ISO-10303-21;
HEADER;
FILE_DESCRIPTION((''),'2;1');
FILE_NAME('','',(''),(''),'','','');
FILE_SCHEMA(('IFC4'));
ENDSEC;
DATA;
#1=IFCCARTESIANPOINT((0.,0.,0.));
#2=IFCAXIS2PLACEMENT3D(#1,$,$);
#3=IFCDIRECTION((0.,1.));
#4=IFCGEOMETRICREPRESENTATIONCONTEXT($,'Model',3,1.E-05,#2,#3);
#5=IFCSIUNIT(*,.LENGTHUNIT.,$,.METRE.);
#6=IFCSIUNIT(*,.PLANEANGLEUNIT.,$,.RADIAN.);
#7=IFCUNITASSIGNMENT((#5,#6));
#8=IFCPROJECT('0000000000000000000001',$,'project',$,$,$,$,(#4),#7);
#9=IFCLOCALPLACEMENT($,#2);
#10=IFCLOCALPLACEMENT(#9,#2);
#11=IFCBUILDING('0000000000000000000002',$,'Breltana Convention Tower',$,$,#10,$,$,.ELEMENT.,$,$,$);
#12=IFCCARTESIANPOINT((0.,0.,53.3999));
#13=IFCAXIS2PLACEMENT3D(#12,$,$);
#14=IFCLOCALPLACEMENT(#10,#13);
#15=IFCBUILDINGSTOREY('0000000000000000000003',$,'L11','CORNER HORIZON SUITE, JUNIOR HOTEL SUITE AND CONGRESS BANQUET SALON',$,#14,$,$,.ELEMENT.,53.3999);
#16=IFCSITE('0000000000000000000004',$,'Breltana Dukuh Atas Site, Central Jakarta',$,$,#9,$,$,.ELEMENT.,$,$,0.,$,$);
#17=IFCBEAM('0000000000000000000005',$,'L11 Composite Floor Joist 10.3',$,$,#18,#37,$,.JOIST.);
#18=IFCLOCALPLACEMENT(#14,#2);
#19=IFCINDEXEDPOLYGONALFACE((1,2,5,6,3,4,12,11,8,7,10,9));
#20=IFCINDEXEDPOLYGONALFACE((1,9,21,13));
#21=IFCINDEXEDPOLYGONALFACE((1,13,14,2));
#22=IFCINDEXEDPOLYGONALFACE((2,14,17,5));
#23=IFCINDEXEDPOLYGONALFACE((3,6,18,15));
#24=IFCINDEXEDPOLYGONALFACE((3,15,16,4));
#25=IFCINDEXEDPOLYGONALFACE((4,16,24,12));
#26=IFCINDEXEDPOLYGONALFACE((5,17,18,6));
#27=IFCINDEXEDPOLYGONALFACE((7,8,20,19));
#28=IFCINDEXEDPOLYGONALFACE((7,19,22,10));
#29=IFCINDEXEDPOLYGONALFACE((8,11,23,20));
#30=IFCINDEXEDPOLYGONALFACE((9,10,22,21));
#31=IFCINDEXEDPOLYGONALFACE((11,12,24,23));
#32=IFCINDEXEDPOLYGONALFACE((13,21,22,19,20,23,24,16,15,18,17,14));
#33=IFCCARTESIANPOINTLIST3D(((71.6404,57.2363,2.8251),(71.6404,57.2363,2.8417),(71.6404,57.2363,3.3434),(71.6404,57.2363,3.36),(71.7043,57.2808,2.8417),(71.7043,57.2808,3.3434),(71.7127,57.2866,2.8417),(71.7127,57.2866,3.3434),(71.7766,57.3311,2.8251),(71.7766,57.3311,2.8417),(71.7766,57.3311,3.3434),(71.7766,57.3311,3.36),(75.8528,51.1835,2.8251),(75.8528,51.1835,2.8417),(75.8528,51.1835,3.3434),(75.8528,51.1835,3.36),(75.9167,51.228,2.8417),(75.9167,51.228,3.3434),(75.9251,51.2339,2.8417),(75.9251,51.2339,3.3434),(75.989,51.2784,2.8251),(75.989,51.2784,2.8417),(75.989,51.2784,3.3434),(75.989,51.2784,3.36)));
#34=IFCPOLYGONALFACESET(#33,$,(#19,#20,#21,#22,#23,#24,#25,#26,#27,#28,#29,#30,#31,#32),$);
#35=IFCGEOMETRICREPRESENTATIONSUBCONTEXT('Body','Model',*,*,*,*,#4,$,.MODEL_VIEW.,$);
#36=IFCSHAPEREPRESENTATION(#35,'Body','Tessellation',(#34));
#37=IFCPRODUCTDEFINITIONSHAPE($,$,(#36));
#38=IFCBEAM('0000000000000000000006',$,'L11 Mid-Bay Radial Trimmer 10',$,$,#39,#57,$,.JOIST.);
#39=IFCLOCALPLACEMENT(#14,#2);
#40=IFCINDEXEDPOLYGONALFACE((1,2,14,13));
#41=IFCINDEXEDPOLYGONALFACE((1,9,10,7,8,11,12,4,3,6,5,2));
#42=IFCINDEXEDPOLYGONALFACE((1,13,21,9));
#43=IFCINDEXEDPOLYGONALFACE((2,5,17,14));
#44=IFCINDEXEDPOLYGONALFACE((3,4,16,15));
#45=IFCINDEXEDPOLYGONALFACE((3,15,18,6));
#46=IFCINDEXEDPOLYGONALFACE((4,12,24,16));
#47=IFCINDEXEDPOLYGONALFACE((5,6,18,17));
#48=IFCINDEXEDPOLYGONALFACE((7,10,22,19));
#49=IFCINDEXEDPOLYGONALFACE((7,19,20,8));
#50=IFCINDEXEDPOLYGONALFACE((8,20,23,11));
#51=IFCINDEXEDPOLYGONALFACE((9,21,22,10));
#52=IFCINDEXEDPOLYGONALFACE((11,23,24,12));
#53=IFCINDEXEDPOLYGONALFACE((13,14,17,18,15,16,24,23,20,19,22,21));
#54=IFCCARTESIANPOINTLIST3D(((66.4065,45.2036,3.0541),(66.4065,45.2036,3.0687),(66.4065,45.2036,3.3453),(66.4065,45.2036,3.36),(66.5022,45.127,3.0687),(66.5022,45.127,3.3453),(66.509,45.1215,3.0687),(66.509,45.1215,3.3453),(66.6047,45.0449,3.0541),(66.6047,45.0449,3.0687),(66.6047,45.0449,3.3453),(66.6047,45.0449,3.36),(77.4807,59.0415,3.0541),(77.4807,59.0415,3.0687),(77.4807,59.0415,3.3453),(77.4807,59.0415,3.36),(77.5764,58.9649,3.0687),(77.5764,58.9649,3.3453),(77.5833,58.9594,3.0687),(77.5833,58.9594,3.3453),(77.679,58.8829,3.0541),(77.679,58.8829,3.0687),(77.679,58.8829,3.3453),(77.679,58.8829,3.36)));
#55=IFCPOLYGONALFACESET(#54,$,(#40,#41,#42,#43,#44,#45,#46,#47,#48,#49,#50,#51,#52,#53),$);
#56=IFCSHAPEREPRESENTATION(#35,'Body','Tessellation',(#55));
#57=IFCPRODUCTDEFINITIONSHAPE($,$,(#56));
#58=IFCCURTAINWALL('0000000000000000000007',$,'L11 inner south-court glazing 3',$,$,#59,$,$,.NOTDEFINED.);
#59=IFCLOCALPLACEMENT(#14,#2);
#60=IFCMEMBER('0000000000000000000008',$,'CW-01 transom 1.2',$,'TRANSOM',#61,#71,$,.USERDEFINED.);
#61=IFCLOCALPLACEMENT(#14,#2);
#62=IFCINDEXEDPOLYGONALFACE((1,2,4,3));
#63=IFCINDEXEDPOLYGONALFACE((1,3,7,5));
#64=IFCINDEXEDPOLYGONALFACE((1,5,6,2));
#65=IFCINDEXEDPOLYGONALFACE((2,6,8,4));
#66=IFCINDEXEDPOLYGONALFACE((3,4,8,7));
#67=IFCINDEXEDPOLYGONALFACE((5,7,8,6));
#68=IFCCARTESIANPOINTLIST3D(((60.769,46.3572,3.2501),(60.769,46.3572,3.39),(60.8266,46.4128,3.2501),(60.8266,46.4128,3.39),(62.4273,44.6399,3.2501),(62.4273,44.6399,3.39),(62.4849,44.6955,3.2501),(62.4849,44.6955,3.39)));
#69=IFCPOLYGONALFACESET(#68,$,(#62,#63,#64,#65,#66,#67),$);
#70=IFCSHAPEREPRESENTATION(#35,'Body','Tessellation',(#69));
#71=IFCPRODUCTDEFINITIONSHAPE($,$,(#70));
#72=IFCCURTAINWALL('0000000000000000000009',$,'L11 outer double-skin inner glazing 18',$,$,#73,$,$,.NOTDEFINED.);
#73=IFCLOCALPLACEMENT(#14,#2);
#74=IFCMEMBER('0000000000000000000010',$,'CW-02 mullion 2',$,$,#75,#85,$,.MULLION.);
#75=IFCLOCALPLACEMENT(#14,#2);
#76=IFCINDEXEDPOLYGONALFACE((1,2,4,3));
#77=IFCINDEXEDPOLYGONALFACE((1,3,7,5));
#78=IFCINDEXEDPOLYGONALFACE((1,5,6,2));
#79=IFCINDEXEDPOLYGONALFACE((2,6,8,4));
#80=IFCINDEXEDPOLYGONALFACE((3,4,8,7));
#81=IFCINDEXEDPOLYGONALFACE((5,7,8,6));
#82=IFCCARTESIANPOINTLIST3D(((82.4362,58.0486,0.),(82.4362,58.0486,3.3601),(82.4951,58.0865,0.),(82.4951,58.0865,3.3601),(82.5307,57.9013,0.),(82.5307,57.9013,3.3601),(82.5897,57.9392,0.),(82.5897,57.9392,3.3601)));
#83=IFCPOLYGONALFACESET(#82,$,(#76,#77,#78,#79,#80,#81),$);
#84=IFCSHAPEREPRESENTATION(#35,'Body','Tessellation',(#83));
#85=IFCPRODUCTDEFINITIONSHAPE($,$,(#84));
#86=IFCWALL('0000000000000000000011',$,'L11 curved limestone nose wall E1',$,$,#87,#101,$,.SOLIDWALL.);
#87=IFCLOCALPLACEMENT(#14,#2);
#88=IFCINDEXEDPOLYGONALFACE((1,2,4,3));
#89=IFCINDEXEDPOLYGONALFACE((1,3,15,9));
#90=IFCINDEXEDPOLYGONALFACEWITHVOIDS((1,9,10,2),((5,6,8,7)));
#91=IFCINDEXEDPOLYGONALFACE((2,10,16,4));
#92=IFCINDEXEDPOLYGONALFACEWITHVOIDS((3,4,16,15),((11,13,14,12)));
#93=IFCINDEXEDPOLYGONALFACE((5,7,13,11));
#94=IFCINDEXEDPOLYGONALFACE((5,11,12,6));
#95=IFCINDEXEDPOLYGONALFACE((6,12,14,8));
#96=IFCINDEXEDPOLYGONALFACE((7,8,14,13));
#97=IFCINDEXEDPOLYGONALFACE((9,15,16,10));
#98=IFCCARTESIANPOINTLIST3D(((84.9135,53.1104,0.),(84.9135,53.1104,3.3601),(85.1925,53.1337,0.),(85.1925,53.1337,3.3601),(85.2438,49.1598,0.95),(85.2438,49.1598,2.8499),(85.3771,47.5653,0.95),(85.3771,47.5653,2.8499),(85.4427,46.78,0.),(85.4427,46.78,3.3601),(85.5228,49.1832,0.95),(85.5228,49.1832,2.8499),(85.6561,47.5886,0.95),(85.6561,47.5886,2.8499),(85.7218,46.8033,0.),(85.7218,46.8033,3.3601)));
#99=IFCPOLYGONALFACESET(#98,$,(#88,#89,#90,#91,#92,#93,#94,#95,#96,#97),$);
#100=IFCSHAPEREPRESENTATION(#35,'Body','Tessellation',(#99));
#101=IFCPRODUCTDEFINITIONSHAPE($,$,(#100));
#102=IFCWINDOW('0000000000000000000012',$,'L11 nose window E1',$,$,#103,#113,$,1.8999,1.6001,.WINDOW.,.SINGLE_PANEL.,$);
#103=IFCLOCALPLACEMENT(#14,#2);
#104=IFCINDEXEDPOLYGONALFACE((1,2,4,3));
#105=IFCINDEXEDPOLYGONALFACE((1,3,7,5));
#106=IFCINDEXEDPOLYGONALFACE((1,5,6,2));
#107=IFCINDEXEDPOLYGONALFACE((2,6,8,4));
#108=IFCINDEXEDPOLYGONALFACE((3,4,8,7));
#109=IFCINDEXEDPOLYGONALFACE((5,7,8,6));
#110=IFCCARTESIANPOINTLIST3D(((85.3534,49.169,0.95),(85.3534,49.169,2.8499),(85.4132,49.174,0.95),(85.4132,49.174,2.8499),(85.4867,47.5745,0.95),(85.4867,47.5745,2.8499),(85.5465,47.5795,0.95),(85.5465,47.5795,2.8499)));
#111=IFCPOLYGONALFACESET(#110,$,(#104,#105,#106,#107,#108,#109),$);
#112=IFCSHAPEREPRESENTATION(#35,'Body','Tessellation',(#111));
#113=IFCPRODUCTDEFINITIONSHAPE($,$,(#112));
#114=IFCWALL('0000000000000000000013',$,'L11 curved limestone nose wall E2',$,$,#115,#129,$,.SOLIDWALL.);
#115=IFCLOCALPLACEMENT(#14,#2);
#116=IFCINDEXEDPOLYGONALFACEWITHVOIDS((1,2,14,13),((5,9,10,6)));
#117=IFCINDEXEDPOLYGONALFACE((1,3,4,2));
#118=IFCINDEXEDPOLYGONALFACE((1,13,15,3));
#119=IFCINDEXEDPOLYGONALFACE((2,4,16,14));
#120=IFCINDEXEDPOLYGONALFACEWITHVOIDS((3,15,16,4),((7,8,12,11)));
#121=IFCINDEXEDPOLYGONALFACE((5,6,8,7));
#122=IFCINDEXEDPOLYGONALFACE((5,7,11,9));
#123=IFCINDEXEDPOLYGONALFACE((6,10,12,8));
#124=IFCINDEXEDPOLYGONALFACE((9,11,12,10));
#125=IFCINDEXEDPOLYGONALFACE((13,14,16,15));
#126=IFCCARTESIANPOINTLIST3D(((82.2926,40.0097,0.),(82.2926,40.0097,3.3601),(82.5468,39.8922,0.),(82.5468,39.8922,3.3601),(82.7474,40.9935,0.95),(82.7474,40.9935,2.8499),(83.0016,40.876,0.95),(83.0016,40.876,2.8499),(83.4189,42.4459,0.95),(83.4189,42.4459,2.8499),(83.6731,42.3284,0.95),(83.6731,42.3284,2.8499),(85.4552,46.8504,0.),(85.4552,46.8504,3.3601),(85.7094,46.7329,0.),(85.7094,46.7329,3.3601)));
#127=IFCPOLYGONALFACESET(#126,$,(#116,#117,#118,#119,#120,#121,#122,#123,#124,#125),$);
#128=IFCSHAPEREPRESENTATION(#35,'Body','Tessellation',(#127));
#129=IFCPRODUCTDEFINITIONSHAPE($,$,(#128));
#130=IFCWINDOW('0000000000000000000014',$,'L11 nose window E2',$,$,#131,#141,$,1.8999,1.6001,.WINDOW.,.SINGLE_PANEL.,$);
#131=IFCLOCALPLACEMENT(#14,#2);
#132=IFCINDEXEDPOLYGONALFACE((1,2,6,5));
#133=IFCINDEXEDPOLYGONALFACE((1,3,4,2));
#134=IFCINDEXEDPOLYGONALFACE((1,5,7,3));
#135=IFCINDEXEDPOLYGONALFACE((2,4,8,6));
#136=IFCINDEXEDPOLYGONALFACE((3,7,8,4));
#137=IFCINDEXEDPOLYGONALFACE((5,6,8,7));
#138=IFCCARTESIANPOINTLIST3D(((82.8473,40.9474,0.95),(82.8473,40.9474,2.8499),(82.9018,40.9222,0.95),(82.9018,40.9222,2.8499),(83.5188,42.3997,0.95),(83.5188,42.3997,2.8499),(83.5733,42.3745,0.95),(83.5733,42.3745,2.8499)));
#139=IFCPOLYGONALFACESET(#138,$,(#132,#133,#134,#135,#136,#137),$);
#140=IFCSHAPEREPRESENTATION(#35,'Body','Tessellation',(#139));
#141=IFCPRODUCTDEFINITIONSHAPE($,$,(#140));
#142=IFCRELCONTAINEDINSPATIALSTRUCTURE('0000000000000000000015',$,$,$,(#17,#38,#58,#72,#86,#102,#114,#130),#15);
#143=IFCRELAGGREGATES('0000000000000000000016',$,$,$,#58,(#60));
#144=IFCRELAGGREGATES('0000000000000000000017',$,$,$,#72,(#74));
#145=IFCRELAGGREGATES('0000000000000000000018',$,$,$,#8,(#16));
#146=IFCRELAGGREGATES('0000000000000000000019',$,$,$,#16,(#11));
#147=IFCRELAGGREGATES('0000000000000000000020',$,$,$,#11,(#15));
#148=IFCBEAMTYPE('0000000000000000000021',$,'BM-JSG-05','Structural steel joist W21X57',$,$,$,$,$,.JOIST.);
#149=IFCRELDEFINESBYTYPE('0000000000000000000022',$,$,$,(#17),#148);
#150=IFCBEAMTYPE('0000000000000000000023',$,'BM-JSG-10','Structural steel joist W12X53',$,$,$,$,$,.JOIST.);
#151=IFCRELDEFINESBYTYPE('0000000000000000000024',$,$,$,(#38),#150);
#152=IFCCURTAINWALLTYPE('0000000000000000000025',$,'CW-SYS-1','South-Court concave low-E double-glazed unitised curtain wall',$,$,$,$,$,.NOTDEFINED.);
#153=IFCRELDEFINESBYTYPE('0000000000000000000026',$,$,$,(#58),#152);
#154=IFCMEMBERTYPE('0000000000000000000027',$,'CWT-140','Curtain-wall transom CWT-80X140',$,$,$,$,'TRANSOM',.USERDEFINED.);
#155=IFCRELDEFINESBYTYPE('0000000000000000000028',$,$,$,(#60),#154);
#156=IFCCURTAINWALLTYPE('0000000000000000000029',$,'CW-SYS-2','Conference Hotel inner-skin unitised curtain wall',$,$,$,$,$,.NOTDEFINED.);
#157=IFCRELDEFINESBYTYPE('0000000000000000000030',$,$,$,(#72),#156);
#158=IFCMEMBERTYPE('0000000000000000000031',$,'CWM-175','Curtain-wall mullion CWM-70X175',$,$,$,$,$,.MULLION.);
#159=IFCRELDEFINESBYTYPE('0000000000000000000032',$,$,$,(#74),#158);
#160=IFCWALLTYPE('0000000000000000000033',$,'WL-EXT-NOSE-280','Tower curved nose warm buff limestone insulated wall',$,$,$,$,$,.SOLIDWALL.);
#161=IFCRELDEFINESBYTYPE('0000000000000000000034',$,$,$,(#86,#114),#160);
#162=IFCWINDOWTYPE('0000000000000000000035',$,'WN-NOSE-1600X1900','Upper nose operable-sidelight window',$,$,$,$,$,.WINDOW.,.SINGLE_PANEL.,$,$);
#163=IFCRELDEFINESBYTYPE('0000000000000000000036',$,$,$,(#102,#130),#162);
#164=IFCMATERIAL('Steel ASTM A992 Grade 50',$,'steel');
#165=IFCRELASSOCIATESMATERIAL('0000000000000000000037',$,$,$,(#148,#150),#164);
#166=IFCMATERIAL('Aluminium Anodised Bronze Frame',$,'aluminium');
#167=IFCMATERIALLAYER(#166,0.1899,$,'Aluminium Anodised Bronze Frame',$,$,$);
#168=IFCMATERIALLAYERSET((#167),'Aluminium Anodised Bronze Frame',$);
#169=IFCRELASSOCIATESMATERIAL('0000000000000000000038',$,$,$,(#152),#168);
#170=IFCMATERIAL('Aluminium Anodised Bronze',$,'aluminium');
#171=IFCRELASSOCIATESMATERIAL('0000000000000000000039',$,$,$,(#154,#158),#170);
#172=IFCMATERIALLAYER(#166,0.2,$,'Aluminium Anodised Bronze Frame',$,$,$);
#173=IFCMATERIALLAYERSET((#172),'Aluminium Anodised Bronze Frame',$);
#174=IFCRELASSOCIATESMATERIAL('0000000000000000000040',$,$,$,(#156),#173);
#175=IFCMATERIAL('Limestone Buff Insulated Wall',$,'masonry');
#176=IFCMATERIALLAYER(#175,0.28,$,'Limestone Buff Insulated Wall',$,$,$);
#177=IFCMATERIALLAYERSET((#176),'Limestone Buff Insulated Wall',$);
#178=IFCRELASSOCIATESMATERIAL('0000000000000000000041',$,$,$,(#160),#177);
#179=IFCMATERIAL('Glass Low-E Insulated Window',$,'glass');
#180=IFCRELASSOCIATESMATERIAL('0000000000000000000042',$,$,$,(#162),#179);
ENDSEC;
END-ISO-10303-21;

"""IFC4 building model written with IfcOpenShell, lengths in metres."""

from ifc_helpers import new_model, si_unit, direction, frame, frame_2d, origin, origin_2d, place, context, subcontext, project, spatial, rectangle, i_section, extrude, source, transform, mapped, material, layer, layer_set, material_profile, profile_set, type_object, type_shapes, element, fill, aggregate, save


model = new_model("IFC4")

# Units and contexts
model_context = context("Model", 3, precision=1e-05, world=origin(), true_north=direction((0.0, 1.0)))
body_context = subcontext(model_context, "Body", "Model", "MODEL_VIEW")
ifc_project = project(units=[si_unit("LENGTHUNIT", "METRE"), si_unit("PLANEANGLEUNIT", "RADIAN")], contexts=[model_context])

# Site, building, storey
site_placement = place(None, origin())
site = spatial("IfcSite", under=ifc_project, at=site_placement, Name="Breltana Dukuh Atas Site, Central Jakarta", CompositionType="ELEMENT", RefElevation=0.0)
building_placement = place(site_placement, origin())
building = spatial("IfcBuilding", under=site, at=building_placement, Name="Breltana Convention Tower", CompositionType="ELEMENT")
storey_placement = place(building_placement, frame((0.0, 0.0, 53.3999)))
storey = spatial("IfcBuildingStorey", under=building, at=storey_placement, Name="L11", Description="CORNER HORIZON SUITE, JUNIOR HOTEL SUITE AND CONGRESS BANQUET SALON", CompositionType="ELEMENT", Elevation=53.3999)

# Beams
ifc_material_1 = material(Name="Steel ASTM A992 Grade 50", Category="steel")
ifc_material_profile_1 = material_profile(ifc_material_1, i_section(OverallWidth=0.166, OverallDepth=0.5349, WebThickness=0.0103, FlangeThickness=0.0166, at=origin_2d()), Name="W21X57")
ifc_profile_set_1 = profile_set([ifc_material_profile_1], Name="Steel ASTM A992 Grade 50")
beam_type_1 = type_object("IfcBeamType", Name="BM-JSG-05", Description="Structural steel joist W21X57", PredefinedType="JOIST", material=ifc_profile_set_1)
ifc_material_profile_2 = material_profile(ifc_material_1, i_section(OverallWidth=0.2539, OverallDepth=0.3059, WebThickness=0.0088, FlangeThickness=0.0146, at=origin_2d()), Name="W12X53")
ifc_profile_set_2 = profile_set([ifc_material_profile_2], Name="Steel ASTM A992 Grade 50")
beam_type_2 = type_object("IfcBeamType", Name="BM-JSG-10", Description="Structural steel joist W12X53", PredefinedType="JOIST", material=ifc_profile_set_2)
shared_shape_1 = source(origin(), body_context, "Body", "SweptSolid", [
    extrude(i_section(OverallWidth=0.166, OverallDepth=0.5349, WebThickness=0.0103, FlangeThickness=0.0166, at=origin_2d()), origin(), (0.0, 0.0, 1.0), 7.3743),
])
beam_1_placement = place(storey_placement, frame((71.7085, 57.2837, 3.0925), z_axis=(0.571229, -0.82079, 0.0), x_axis=(0.82079, 0.571229, 0.0)))
element("IfcBeam", 1, at=beam_1_placement, inside=storey, type_object=beam_type_1, Name="L11 Composite Floor Joist 10.3", PredefinedType="JOIST", context=body_context, shape_type="MappedRepresentation", body=[
    mapped(shared_shape_1, transform((0.0, 0.0, 0.0), scale=1.0)),
])
shared_shape_2 = source(origin(), body_context, "Body", "SweptSolid", [
    extrude(i_section(OverallWidth=0.2539, OverallDepth=0.3059, WebThickness=0.0088, FlangeThickness=0.0146, at=origin_2d()), origin(), (0.0, 0.0, 1.0), 17.7236),
])
beam_2_placement = place(storey_placement, frame((66.5056, 45.1243, 3.207), z_axis=(0.624829, 0.780761, 0.0), x_axis=(-0.780761, 0.624829, 0.0)))
element("IfcBeam", 2, at=beam_2_placement, inside=storey, type_object=beam_type_2, Name="L11 Mid-Bay Radial Trimmer 10", PredefinedType="JOIST", context=body_context, shape_type="MappedRepresentation", body=[
    mapped(shared_shape_2, transform((0.0, 0.0, 0.0), scale=1.0)),
])

# Curtain walls, members
ifc_material_2 = material(Name="Aluminium Anodised Bronze Frame", Category="aluminium")
ifc_layer_1 = layer(ifc_material_2, 0.1899, Name="Aluminium Anodised Bronze Frame")
ifc_layer_set_1 = layer_set([ifc_layer_1], Name="Aluminium Anodised Bronze Frame")
curtain_wall_type_1 = type_object("IfcCurtainWallType", Name="CW-SYS-1", Description="South-Court concave low-E double-glazed unitised curtain wall", PredefinedType="NOTDEFINED", material=ifc_layer_set_1)
curtain_wall_1_placement = place(storey_placement, origin())
curtain_wall_1 = element("IfcCurtainWall", 3, at=curtain_wall_1_placement, inside=storey, type_object=curtain_wall_type_1, Name="L11 inner south-court glazing 3", PredefinedType="NOTDEFINED")
ifc_material_3 = material(Name="Aluminium Anodised Bronze", Category="aluminium")
ifc_material_profile_3 = material_profile(ifc_material_3, rectangle(XDim=0.0801, YDim=0.1399, at=origin_2d()), Name="CWT-80X140")
ifc_profile_set_3 = profile_set([ifc_material_profile_3], Name="Aluminium Anodised Bronze")
member_type_1 = type_object("IfcMemberType", Name="CWT-140", Description="Curtain-wall transom CWT-80X140", ElementType="TRANSOM", PredefinedType="USERDEFINED", material=ifc_profile_set_3)
shared_shape_3 = source(origin(), body_context, "Body", "SweptSolid", [
    extrude(rectangle(XDim=0.0801, YDim=0.1399, at=origin_2d()), origin(), (0.0, 0.0, 1.0), 2.3872),
])
type_shapes(member_type_1, [shared_shape_3])
member_1_placement = place(storey_placement, frame((62.4561, 44.6677, 3.3201), z_axis=(-0.694624, 0.719373, 0.0), x_axis=(-0.719373, -0.694624, 0.0)))
member_1 = element("IfcMember", 4, at=member_1_placement, type_object=member_type_1, Name="CW-01 transom 1.2", ObjectType="TRANSOM", PredefinedType="USERDEFINED", context=body_context, shape_type="MappedRepresentation", body=[
    mapped(shared_shape_3, transform((0.0, 0.0, 0.0), scale=1.0)),
])
aggregate(curtain_wall_1, [member_1])
ifc_layer_2 = layer(ifc_material_2, 0.2, Name="Aluminium Anodised Bronze Frame")
ifc_layer_set_2 = layer_set([ifc_layer_2], Name="Aluminium Anodised Bronze Frame")
curtain_wall_type_2 = type_object("IfcCurtainWallType", Name="CW-SYS-2", Description="Conference Hotel inner-skin unitised curtain wall", PredefinedType="NOTDEFINED", material=ifc_layer_set_2)
curtain_wall_2_placement = place(storey_placement, origin())
curtain_wall_2 = element("IfcCurtainWall", 5, at=curtain_wall_2_placement, inside=storey, type_object=curtain_wall_type_2, Name="L11 outer double-skin inner glazing 18", PredefinedType="NOTDEFINED")
ifc_material_profile_4 = material_profile(ifc_material_3, rectangle(XDim=0.0701, YDim=0.175, at=origin_2d()), Name="CWM-70X175")
ifc_profile_set_4 = profile_set([ifc_material_profile_4], Name="Aluminium Anodised Bronze")
member_type_2 = type_object("IfcMemberType", Name="CWM-175", Description="Curtain-wall mullion CWM-70X175", PredefinedType="MULLION", material=ifc_profile_set_4)
shared_shape_4 = source(origin(), body_context, "Body", "SweptSolid", [
    extrude(rectangle(XDim=0.0701, YDim=0.175, at=origin_2d()), origin(), (0.0, 0.0, 1.0), 3.3601),
])
type_shapes(member_type_2, [shared_shape_4])
member_2_placement = place(storey_placement, frame((82.5129, 57.9939, 0.0), z_axis=(0.0, 0.0, 1.0), x_axis=(0.841549, 0.540181, 0.0)))
member_2 = element("IfcMember", 6, at=member_2_placement, type_object=member_type_2, Name="CW-02 mullion 2", PredefinedType="MULLION", context=body_context, shape_type="MappedRepresentation", body=[
    mapped(shared_shape_4, transform((0.0, 0.0, 0.0), scale=1.0)),
])
aggregate(curtain_wall_2, [member_2])

# Walls, openings, windows
ifc_material_4 = material(Name="Limestone Buff Insulated Wall", Category="masonry")
ifc_layer_3 = layer(ifc_material_4, 0.28, Name="Limestone Buff Insulated Wall")
ifc_layer_set_3 = layer_set([ifc_layer_3], Name="Limestone Buff Insulated Wall")
wall_type_1 = type_object("IfcWallType", Name="WL-EXT-NOSE-280", Description="Tower curved nose warm buff limestone insulated wall", PredefinedType="SOLIDWALL", material=ifc_layer_set_3)
shared_shape_5 = source(origin(), body_context, "Body", "SweptSolid", [
    extrude(rectangle(XDim=6.3525, YDim=0.28, at=frame_2d((3.1763, 0.0))), origin(), (0.0, 0.0, 1.0), 3.3601),
])
wall_1_placement = place(storey_placement, frame((85.053, 53.1221, 0.0), z_axis=(0.0, 0.0, 1.0), x_axis=(0.083319, -0.996523, 0.0)))
wall_1 = element("IfcWall", 7, at=wall_1_placement, inside=storey, type_object=wall_type_1, Name="L11 curved limestone nose wall E1", PredefinedType="SOLIDWALL", context=body_context, shape_type="MappedRepresentation", body=[
    mapped(shared_shape_5, transform((0.0, 0.0, 0.0), scale=1.0)),
])
opening_1_placement = place(wall_1_placement, frame((3.9644, 0.0, 0.95)))
opening_1 = element("IfcOpeningElement", 8, at=opening_1_placement, cuts=wall_1, PredefinedType="OPENING", context=body_context, shape_type="SweptSolid", body=[
    extrude(rectangle(XDim=1.6001, YDim=1.8999, at=frame_2d((0.8, 0.95))), frame((0.0, 0.1499, 0.0), z_axis=(0.0, -1.0, 0.0), x_axis=(1.0, 0.0, 0.0)), (0.0, 0.0, 1.0), 0.3),
])
ifc_material_5 = material(Name="Glass Low-E Insulated Window", Category="glass")
window_type = type_object("IfcWindowType", Name="WN-NOSE-1600X1900", Description="Upper nose operable-sidelight window", PartitioningType="SINGLE_PANEL", PredefinedType="WINDOW", material=ifc_material_5)
shared_shape_6 = source(origin(), body_context, "Body", "SweptSolid", [
    extrude(rectangle(XDim=1.6001, YDim=1.8999, at=frame_2d((0.8, 0.95))), frame((0.0, 0.03, 0.0), z_axis=(0.0, -1.0, 0.0), x_axis=(1.0, 0.0, 0.0)), (0.0, 0.0, 1.0), 0.0601),
])
type_shapes(window_type, [shared_shape_6])
window_1_placement = place(opening_1_placement, origin())
window_1 = element("IfcWindow", 9, at=window_1_placement, inside=storey, type_object=window_type, Name="L11 nose window E1", OverallHeight=1.8999, OverallWidth=1.6001, PartitioningType="SINGLE_PANEL", PredefinedType="WINDOW", context=body_context, shape_type="MappedRepresentation", body=[
    mapped(shared_shape_6, transform((0.0, 0.0, 0.0), scale=1.0)),
])
fill(opening_1, window_1)
shared_shape_7 = source(origin(), body_context, "Body", "SweptSolid", [
    extrude(rectangle(XDim=7.5364, YDim=0.28, at=frame_2d((3.7681, 0.0))), origin(), (0.0, 0.0, 1.0), 3.3601),
])
wall_2_placement = place(storey_placement, frame((85.5823, 46.7915, 0.0), z_axis=(0.0, 0.0, 1.0), x_axis=(-0.41965, -0.907686, 0.0)))
wall_2 = element("IfcWall", 10, at=wall_2_placement, inside=storey, type_object=wall_type_1, Name="L11 curved limestone nose wall E2", PredefinedType="SOLIDWALL", context=body_context, shape_type="MappedRepresentation", body=[
    mapped(shared_shape_7, transform((0.0, 0.0, 0.0), scale=1.0)),
])
opening_2_placement = place(wall_2_placement, frame((4.8523, 0.0, 0.95)))
opening_2 = element("IfcOpeningElement", 11, at=opening_2_placement, cuts=wall_2, PredefinedType="OPENING", context=body_context, shape_type="SweptSolid", body=[
    extrude(rectangle(XDim=1.6001, YDim=1.8999, at=frame_2d((0.8, 0.95))), frame((0.0, 0.1499, 0.0), z_axis=(0.0, -1.0, 0.0), x_axis=(1.0, 0.0, 0.0)), (0.0, 0.0, 1.0), 0.3),
])
window_2_placement = place(opening_2_placement, origin())
window_2 = element("IfcWindow", 12, at=window_2_placement, inside=storey, type_object=window_type, Name="L11 nose window E2", OverallHeight=1.8999, OverallWidth=1.6001, PartitioningType="SINGLE_PANEL", PredefinedType="WINDOW", context=body_context, shape_type="MappedRepresentation", body=[
    mapped(shared_shape_6, transform((0.0, 0.0, 0.0), scale=1.0)),
])
fill(opening_2, window_2)

save(model, "model.ifc")
